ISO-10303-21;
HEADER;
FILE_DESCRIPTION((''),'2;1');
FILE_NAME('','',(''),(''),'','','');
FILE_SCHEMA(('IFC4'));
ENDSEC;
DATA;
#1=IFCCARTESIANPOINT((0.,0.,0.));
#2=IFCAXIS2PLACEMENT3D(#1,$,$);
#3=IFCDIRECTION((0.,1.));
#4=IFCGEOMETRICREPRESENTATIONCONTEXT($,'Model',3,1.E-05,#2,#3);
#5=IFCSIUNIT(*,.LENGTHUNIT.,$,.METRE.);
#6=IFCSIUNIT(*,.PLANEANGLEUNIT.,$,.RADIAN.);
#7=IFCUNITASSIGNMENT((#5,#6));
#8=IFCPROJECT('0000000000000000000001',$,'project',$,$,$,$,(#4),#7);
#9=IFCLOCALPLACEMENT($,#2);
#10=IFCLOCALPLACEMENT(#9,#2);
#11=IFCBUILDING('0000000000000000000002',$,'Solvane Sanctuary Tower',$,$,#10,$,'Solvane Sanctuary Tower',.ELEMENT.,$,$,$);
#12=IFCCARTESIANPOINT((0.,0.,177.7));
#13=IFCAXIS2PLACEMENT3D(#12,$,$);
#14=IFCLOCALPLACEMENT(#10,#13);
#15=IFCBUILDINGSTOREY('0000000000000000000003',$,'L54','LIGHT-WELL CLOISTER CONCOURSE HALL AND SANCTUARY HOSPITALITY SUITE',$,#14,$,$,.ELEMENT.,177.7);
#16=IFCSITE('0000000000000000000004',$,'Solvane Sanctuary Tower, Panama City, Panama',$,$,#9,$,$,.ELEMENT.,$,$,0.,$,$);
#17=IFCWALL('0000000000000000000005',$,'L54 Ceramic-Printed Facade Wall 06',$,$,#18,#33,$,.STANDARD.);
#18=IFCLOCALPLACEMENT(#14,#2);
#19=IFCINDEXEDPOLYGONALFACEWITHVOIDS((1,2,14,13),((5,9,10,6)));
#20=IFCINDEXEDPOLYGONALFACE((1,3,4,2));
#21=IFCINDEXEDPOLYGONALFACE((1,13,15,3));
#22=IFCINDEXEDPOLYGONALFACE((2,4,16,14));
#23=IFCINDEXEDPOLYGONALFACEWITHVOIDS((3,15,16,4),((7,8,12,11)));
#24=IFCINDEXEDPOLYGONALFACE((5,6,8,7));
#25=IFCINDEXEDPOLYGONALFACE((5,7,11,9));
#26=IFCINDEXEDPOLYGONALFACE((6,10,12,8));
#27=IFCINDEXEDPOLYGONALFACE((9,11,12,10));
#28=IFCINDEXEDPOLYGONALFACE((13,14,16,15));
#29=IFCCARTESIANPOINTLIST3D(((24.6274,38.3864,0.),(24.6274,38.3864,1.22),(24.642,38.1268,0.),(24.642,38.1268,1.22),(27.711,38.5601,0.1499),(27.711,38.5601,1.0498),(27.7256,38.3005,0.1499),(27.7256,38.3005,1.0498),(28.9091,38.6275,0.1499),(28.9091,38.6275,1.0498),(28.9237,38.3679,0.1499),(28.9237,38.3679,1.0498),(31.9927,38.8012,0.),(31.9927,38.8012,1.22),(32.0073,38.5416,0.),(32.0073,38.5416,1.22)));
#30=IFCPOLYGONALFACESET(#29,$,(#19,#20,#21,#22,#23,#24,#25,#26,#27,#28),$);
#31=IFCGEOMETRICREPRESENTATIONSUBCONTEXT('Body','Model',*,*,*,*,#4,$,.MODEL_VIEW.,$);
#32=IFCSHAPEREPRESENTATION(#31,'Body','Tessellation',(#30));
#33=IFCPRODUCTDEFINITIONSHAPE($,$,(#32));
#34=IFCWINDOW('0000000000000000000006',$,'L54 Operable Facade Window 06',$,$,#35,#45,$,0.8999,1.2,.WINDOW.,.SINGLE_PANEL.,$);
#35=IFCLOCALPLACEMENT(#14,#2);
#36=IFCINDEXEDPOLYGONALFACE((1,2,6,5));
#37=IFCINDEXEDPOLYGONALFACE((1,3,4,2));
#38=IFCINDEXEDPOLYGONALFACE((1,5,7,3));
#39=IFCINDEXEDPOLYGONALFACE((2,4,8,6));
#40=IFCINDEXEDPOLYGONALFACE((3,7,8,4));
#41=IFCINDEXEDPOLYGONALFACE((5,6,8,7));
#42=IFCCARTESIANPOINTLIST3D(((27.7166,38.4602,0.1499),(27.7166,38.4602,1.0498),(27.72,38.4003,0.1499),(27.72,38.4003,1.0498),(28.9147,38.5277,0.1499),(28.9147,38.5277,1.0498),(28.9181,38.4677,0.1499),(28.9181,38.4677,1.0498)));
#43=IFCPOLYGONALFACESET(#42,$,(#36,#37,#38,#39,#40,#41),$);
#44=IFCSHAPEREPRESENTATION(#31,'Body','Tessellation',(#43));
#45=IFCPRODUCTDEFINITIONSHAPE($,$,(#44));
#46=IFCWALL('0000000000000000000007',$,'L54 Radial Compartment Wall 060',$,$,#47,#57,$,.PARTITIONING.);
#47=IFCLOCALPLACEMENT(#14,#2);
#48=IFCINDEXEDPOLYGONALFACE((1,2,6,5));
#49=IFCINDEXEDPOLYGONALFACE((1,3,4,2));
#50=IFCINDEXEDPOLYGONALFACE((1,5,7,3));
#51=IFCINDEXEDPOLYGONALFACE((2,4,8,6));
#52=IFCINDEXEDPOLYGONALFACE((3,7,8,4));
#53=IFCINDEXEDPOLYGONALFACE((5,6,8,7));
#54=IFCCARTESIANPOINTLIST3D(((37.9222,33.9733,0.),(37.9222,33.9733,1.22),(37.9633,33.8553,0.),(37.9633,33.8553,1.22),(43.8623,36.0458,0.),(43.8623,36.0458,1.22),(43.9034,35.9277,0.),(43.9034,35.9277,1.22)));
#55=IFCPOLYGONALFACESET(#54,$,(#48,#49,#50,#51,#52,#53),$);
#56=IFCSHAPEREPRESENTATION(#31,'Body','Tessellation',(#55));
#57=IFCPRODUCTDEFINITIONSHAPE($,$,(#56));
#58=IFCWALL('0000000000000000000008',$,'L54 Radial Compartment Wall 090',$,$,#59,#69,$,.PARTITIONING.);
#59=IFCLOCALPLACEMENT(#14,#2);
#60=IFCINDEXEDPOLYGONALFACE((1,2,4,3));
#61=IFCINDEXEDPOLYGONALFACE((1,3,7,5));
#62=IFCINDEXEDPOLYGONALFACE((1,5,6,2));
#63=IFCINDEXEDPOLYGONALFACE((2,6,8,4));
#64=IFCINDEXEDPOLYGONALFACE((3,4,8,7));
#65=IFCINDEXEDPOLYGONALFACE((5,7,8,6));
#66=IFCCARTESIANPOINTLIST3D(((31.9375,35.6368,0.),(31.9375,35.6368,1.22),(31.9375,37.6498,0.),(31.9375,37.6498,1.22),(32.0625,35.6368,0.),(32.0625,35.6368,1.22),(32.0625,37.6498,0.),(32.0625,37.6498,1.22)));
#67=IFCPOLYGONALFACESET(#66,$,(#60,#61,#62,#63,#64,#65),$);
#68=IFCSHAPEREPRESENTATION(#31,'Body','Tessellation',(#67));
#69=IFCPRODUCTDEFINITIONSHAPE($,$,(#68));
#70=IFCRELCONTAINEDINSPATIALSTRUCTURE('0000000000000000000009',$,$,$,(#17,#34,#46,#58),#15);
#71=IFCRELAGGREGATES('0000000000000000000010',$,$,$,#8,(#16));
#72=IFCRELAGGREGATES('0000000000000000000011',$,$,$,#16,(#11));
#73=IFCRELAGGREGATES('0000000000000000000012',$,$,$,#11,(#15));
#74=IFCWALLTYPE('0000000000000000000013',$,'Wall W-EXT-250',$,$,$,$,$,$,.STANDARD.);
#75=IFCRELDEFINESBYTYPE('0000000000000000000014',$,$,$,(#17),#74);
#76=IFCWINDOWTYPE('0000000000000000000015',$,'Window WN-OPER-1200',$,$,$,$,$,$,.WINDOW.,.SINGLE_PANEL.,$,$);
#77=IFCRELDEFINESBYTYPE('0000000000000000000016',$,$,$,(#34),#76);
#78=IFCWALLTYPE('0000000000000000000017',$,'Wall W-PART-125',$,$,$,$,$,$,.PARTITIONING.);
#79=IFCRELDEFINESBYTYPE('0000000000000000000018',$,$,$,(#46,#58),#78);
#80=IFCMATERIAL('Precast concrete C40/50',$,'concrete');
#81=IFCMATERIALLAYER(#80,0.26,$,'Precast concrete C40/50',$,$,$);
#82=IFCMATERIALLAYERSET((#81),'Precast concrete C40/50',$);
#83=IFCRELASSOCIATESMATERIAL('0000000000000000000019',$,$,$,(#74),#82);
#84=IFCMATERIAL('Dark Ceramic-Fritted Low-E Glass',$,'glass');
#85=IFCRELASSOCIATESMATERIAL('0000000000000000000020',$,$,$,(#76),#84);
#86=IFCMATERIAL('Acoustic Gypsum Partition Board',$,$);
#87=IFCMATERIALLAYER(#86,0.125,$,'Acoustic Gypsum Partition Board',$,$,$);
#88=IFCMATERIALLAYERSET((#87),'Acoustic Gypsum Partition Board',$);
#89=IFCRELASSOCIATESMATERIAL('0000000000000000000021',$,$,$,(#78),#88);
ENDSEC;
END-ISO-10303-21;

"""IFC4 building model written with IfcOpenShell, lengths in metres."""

from ifc_helpers import new_model, si_unit, direction, frame, frame_2d, origin, place, context, subcontext, project, spatial, rectangle, extrude, material, layer, layer_set, type_object, element, fill, save


model = new_model("IFC4")

# Units and contexts
model_context = context("Model", 3, precision=1e-05, world=origin(), true_north=direction((0.0, 1.0)))
body_context = subcontext(model_context, "Body", "Model", "MODEL_VIEW")
ifc_project = project(units=[si_unit("LENGTHUNIT", "METRE"), si_unit("PLANEANGLEUNIT", "RADIAN")], contexts=[model_context])

# Site, building, storey
site_placement = place(None, origin())
site = spatial("IfcSite", under=ifc_project, at=site_placement, Name="Solvane Sanctuary Tower, Panama City, Panama", CompositionType="ELEMENT", RefElevation=0.0)
building_placement = place(site_placement, origin())
building = spatial("IfcBuilding", under=site, at=building_placement, Name="Solvane Sanctuary Tower", LongName="Solvane Sanctuary Tower", CompositionType="ELEMENT")
storey_placement = place(building_placement, frame((0.0, 0.0, 177.7)))
storey = spatial("IfcBuildingStorey", under=building, at=storey_placement, Name="L54", Description="LIGHT-WELL CLOISTER CONCOURSE HALL AND SANCTUARY HOSPITALITY SUITE", CompositionType="ELEMENT", Elevation=177.7)

# Shared definitions
ifc_material_1 = material(Name="Acoustic Gypsum Partition Board")

# Wall, opening, window
ifc_material_2 = material(Name="Precast concrete C40/50", Category="concrete")
ifc_layer_1 = layer(ifc_material_2, 0.26, Name="Precast concrete C40/50")
ifc_layer_set_1 = layer_set([ifc_layer_1], Name="Precast concrete C40/50")
wall_type_1 = type_object("IfcWallType", Name="Wall W-EXT-250", PredefinedType="STANDARD", material=ifc_layer_set_1)
ifc_material_3 = material(Name="Dark Ceramic-Fritted Low-E Glass", Category="glass")
window_type = type_object("IfcWindowType", Name="Window WN-OPER-1200", PartitioningType="SINGLE_PANEL", PredefinedType="WINDOW", material=ifc_material_3)
wall_1_placement = place(storey_placement, frame((32.0, 38.6714, 0.0), z_axis=(0.0, 0.0, 1.0), x_axis=(-0.998418, -0.056229, 0.0)))
wall_1 = element("IfcWall", 1, at=wall_1_placement, inside=storey, type_object=wall_type_1, Name="L54 Ceramic-Printed Facade Wall 06", PredefinedType="STANDARD", context=body_context, shape_type="SweptSolid", body=[
    extrude(rectangle(XDim=7.377, YDim=0.26, at=frame_2d((3.6885, 0.0))), origin(), (0.0, 0.0, 1.0), 1.22),
])
opening_1_placement = place(wall_1_placement, frame((3.0884, 0.0, 0.1499)))
opening_1 = element("IfcOpeningElement", 2, at=opening_1_placement, cuts=wall_1, PredefinedType="OPENING", context=body_context, shape_type="SweptSolid", body=[
    extrude(rectangle(XDim=1.2, YDim=0.8999, at=frame_2d((0.6001, 0.45))), frame((0.0, 0.1399, 0.0), z_axis=(0.0, -1.0, 0.0), x_axis=(1.0, 0.0, 0.0)), (0.0, 0.0, 1.0), 0.28),
])
window_1_placement = place(opening_1_placement, origin())
window_1 = element("IfcWindow", 3, at=window_1_placement, inside=storey, type_object=window_type, Name="L54 Operable Facade Window 06", OverallHeight=0.8999, OverallWidth=1.2, PartitioningType="SINGLE_PANEL", PredefinedType="WINDOW", context=body_context, shape_type="SweptSolid", body=[
    extrude(rectangle(XDim=1.2, YDim=0.8999, at=frame_2d((0.6001, 0.45))), frame((0.0, 0.03, 0.0), z_axis=(0.0, -1.0, 0.0), x_axis=(1.0, 0.0, 0.0)), (0.0, 0.0, 1.0), 0.0601),
])
fill(opening_1, window_1)

# Walls
ifc_layer_2 = layer(ifc_material_1, 0.125, Name="Acoustic Gypsum Partition Board")
ifc_layer_set_2 = layer_set([ifc_layer_2], Name="Acoustic Gypsum Partition Board")
wall_type_2 = type_object("IfcWallType", Name="Wall W-PART-125", PredefinedType="PARTITIONING", material=ifc_layer_set_2)
wall_2_placement = place(storey_placement, frame((37.9429, 33.9143, 0.0), z_axis=(0.0, 0.0, 1.0), x_axis=(0.944183, 0.329422, 0.0)))
element("IfcWall", 4, at=wall_2_placement, inside=storey, type_object=wall_type_2, Name="L54 Radial Compartment Wall 060", PredefinedType="PARTITIONING", context=body_context, shape_type="SweptSolid", body=[
    extrude(rectangle(XDim=6.2913, YDim=0.125, at=frame_2d((3.1455, 0.0))), origin(), (0.0, 0.0, 1.0), 1.22),
])
wall_3_placement = place(storey_placement, frame((32.0, 35.637, 0.0), z_axis=(0.0, 0.0, 1.0), x_axis=(0.0, 1.0, 0.0)))
element("IfcWall", 5, at=wall_3_placement, inside=storey, type_object=wall_type_2, Name="L54 Radial Compartment Wall 090", PredefinedType="PARTITIONING", context=body_context, shape_type="SweptSolid", body=[
    extrude(rectangle(XDim=2.0129, YDim=0.125, at=frame_2d((1.0063, 0.0))), origin(), (0.0, 0.0, 1.0), 1.22),
])

save(model, "model.ifc")
